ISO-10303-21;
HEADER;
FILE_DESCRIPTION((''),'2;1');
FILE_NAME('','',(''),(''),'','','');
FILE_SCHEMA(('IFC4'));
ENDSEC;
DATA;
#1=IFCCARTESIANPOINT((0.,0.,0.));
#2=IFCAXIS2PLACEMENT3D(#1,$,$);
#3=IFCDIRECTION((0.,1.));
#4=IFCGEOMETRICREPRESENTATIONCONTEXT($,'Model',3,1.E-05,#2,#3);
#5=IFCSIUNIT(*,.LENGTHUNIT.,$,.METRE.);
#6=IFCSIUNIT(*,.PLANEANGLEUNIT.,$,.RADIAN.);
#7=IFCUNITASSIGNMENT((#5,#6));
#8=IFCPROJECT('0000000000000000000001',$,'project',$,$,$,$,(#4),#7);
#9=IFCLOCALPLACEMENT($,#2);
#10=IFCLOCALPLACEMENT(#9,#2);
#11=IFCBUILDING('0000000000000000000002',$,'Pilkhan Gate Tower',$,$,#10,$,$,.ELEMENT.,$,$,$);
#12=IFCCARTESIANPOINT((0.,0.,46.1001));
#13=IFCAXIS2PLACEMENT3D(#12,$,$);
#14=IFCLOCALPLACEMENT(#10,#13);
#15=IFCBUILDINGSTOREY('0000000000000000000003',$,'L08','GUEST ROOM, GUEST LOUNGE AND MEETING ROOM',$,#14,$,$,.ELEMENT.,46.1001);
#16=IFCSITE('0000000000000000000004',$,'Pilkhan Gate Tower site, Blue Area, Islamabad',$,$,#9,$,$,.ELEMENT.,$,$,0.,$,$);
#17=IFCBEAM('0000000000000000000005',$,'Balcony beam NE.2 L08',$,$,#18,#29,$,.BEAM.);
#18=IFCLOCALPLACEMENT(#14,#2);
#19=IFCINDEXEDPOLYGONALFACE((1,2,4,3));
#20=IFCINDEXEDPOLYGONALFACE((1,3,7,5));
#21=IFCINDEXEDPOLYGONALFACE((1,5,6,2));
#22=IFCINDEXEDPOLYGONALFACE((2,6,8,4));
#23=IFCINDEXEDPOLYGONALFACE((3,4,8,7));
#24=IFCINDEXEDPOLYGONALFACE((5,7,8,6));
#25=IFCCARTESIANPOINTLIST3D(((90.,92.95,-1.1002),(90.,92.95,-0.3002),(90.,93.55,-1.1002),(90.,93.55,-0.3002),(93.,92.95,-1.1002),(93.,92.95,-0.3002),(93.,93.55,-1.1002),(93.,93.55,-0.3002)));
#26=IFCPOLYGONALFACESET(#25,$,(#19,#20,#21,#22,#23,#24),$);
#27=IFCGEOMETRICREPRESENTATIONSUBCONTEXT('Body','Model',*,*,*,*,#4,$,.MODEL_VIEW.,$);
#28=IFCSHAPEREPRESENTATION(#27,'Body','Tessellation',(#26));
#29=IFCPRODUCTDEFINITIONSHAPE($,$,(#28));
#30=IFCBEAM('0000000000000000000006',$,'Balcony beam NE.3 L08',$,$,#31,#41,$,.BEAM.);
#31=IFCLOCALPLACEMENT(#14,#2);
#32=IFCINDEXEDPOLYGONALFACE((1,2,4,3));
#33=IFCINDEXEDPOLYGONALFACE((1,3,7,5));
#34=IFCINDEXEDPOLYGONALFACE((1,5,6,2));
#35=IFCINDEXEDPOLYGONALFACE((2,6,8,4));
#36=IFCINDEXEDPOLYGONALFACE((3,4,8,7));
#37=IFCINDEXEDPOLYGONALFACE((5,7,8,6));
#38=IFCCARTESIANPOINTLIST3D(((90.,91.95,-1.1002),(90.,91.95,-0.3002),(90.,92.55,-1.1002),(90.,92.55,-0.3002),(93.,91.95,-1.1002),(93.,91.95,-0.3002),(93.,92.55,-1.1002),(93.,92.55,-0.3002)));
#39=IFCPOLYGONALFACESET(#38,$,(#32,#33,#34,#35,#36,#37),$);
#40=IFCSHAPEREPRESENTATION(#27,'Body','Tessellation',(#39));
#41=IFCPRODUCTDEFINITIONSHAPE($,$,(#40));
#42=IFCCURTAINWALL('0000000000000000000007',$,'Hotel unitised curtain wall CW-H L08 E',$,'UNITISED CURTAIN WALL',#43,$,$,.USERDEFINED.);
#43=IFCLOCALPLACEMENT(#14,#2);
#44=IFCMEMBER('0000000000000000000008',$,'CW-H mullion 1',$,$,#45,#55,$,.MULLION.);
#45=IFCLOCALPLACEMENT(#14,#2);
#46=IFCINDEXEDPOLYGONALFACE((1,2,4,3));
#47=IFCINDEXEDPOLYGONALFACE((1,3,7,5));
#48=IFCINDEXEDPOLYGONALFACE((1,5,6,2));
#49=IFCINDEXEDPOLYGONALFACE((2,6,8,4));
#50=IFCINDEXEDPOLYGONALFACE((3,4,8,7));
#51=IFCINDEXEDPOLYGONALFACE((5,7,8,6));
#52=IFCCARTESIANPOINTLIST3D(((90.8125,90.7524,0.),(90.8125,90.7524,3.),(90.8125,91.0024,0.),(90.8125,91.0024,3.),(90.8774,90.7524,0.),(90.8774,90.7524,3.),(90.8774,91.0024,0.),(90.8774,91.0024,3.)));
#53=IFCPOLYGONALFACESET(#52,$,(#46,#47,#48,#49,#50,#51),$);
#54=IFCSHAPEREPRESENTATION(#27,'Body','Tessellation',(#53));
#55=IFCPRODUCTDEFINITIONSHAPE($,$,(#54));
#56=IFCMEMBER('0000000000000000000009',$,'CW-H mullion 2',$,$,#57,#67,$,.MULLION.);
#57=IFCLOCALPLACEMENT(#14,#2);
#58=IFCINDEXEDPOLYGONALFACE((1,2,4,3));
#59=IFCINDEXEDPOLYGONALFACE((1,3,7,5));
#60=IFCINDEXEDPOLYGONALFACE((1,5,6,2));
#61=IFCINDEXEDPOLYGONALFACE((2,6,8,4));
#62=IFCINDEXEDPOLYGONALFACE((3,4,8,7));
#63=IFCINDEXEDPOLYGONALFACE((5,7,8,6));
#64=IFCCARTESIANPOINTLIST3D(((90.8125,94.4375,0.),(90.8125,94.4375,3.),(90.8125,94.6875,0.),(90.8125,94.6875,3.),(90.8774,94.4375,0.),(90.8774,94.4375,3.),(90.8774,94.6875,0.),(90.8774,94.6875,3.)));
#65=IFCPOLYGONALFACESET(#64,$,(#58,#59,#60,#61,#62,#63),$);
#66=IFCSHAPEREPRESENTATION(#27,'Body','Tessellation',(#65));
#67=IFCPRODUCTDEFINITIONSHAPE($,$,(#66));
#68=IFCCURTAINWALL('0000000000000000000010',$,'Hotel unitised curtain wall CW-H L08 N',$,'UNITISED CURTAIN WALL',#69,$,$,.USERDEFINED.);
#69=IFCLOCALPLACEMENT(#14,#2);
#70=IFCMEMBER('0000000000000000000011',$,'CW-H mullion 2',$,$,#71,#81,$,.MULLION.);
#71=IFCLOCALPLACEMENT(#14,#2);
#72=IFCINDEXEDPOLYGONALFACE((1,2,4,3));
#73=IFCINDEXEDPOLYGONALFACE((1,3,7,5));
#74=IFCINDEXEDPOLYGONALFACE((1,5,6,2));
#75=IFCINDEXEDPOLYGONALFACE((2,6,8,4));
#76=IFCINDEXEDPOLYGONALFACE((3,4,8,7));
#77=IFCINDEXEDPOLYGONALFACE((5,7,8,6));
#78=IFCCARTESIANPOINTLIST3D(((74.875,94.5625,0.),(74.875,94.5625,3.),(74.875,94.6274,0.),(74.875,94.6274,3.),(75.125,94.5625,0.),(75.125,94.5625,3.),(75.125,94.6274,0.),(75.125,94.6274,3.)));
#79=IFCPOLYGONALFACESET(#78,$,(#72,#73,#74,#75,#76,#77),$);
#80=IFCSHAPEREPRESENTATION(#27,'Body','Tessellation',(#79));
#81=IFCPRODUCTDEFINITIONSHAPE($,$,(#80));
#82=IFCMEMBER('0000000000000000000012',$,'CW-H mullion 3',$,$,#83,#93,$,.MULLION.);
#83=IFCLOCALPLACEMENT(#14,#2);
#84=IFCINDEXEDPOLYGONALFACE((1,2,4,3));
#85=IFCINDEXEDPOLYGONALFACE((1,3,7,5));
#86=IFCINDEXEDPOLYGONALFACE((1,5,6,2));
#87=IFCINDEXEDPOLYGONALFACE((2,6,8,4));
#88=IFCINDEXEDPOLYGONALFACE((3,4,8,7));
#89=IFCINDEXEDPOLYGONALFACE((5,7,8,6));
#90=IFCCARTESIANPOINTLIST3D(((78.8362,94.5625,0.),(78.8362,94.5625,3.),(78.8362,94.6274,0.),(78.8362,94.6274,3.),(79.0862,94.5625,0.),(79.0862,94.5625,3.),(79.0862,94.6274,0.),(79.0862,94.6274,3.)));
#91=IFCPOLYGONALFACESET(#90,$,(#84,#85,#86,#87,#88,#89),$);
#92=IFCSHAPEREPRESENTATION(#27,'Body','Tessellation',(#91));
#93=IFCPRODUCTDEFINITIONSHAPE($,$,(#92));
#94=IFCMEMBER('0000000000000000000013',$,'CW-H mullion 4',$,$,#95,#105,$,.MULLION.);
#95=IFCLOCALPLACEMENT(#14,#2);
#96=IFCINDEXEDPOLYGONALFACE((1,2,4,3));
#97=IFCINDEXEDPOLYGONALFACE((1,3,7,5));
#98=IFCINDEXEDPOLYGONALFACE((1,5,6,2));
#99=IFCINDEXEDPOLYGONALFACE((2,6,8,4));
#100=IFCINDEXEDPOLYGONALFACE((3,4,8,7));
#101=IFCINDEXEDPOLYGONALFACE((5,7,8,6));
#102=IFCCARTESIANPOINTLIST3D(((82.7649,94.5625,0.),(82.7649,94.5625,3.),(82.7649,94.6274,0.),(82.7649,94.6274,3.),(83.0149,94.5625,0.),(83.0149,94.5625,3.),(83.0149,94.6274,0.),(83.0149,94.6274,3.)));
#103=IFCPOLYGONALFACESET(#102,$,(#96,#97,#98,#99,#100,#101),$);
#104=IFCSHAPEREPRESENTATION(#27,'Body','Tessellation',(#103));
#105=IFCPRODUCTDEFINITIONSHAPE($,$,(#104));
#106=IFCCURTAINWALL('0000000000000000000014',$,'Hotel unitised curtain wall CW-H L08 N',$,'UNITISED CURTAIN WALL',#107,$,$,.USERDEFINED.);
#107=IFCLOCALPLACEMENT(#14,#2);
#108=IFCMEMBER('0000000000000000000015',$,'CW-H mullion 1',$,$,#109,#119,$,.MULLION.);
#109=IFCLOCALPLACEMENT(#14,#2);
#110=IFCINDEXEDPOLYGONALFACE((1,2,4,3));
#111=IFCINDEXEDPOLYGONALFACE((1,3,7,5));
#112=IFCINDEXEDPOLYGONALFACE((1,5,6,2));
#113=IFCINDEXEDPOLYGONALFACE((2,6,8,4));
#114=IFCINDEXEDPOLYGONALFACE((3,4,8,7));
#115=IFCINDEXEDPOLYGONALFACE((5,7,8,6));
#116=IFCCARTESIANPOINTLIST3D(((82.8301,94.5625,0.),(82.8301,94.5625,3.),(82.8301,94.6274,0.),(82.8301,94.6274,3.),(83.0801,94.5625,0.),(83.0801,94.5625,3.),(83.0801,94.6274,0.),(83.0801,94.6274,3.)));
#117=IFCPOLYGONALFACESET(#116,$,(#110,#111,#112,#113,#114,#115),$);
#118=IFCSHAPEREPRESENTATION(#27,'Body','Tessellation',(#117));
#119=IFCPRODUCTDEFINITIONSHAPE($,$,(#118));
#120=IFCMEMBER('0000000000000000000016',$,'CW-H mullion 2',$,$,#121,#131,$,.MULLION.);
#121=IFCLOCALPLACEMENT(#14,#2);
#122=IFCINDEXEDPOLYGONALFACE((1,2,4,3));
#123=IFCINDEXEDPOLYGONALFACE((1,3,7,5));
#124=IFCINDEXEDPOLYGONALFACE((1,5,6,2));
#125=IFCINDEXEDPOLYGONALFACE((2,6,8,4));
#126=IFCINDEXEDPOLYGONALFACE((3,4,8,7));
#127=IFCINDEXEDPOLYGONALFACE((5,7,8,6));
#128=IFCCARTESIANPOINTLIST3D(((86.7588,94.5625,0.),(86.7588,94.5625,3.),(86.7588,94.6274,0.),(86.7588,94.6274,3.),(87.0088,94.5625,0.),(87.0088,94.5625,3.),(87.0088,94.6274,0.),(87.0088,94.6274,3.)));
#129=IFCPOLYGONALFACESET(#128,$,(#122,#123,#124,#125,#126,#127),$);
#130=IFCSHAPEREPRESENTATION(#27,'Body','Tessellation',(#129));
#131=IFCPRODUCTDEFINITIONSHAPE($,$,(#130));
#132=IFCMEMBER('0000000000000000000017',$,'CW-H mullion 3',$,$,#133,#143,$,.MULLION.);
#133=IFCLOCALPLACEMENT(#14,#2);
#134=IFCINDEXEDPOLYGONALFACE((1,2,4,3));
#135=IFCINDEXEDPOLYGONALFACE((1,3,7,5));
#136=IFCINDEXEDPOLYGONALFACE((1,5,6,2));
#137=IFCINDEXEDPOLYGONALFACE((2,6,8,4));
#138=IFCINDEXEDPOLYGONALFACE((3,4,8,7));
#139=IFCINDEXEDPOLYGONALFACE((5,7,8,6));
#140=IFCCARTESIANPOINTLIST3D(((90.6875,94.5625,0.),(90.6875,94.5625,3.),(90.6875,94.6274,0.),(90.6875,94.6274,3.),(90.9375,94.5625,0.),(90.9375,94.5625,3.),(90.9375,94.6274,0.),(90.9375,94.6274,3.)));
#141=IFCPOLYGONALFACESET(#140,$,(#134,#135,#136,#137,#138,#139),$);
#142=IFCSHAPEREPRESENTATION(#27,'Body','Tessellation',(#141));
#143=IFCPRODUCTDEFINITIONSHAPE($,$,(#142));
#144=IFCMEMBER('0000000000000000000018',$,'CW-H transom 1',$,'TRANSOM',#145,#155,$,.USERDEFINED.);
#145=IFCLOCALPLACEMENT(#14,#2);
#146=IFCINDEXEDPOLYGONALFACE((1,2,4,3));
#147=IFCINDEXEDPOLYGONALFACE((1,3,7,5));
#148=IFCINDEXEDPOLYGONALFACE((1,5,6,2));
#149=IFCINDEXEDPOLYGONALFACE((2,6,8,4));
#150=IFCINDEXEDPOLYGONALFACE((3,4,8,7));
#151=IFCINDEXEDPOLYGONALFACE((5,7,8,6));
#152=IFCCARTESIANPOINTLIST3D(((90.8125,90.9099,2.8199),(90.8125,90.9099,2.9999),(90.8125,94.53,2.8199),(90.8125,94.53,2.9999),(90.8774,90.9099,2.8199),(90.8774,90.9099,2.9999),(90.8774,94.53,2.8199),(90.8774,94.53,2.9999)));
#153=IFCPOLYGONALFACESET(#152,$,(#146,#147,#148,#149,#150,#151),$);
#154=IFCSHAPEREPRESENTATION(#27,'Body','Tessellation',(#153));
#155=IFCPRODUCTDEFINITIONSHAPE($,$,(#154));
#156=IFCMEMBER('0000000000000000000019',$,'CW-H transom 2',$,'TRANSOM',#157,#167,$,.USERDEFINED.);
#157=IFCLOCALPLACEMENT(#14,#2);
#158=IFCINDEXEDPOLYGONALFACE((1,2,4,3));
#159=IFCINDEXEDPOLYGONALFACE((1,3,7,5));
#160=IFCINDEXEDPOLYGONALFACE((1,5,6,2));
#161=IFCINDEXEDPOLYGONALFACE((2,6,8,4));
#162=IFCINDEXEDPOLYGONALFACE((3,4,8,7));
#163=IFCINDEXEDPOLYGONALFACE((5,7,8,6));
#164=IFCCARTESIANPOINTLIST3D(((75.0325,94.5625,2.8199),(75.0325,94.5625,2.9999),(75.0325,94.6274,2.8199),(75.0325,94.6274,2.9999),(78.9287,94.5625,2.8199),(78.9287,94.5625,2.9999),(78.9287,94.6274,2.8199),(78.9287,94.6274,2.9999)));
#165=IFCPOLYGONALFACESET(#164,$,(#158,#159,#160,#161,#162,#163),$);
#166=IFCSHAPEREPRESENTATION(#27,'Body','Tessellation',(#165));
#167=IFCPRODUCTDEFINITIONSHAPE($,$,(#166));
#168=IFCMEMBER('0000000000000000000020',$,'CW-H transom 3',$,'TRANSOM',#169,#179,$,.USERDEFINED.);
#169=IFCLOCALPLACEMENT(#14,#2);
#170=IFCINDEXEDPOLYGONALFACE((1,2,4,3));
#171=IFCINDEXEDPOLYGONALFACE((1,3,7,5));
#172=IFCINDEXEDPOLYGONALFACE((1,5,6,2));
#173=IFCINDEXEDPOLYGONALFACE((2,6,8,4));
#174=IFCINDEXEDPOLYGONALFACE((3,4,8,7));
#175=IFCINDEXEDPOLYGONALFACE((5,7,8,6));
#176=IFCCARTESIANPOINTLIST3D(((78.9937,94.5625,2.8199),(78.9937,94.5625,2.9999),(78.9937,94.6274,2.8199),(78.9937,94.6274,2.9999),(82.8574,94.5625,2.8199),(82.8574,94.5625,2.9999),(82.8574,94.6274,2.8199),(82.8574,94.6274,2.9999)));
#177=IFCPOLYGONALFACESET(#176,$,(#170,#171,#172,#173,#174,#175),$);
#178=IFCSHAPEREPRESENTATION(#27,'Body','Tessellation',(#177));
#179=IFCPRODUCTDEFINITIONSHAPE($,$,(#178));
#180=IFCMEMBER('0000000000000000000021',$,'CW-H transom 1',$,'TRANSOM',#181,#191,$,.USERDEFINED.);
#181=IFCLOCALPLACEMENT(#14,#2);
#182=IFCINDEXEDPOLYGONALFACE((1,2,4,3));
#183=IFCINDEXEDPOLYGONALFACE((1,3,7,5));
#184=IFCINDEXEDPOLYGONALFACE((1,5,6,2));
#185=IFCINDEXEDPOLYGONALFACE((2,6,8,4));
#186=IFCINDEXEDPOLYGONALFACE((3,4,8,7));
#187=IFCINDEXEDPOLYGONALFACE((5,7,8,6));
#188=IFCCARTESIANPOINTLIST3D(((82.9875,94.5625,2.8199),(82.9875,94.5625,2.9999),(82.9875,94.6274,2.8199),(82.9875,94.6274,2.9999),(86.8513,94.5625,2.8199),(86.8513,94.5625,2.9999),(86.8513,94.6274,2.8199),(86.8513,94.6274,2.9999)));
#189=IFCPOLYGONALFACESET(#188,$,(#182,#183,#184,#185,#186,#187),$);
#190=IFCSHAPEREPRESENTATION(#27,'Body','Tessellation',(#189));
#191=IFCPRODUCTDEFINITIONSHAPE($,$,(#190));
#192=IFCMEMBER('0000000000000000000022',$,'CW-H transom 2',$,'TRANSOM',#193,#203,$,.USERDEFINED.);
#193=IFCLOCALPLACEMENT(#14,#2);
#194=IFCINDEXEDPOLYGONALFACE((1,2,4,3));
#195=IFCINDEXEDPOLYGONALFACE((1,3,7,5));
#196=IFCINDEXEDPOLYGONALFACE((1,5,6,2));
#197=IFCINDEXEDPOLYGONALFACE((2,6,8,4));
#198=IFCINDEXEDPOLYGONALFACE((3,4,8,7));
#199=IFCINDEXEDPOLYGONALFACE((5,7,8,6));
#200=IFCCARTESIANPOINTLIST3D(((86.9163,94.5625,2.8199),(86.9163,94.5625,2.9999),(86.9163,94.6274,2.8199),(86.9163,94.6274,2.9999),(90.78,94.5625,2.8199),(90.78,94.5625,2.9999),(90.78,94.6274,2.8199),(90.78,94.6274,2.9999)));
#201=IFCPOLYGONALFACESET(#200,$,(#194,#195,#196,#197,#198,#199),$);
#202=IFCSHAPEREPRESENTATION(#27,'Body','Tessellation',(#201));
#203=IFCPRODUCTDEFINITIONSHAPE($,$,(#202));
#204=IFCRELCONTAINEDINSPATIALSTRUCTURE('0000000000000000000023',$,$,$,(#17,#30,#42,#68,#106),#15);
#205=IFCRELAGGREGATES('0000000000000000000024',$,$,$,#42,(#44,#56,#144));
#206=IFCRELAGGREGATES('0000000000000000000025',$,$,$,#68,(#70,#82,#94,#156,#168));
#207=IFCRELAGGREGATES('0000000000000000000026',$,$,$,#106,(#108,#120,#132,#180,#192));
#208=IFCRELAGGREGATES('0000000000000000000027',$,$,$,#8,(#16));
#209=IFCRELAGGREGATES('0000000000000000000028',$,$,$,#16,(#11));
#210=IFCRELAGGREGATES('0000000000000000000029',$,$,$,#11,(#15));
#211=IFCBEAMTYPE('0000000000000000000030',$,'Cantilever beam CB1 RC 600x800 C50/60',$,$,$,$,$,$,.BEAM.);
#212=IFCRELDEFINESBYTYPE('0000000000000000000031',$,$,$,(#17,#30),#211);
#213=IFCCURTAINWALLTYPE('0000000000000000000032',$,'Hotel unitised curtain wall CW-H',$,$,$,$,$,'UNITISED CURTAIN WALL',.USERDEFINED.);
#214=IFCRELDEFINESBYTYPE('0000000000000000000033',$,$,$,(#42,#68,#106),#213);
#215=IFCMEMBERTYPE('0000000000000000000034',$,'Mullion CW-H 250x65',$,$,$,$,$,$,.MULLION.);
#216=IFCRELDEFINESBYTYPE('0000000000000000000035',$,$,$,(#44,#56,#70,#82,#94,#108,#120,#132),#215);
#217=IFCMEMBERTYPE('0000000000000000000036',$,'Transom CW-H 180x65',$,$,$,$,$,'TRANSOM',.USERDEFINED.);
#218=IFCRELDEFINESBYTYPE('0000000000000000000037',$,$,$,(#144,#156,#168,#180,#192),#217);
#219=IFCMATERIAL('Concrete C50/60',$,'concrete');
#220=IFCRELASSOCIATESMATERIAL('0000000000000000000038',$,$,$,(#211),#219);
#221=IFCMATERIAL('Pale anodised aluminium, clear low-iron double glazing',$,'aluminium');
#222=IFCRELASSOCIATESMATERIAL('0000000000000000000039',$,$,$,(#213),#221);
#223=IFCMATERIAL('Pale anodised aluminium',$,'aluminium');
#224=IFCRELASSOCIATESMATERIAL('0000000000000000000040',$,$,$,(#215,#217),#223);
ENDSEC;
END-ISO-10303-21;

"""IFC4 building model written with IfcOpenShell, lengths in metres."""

from ifc_helpers import new_model, si_unit, direction, frame, origin, origin_2d, place, context, subcontext, project, spatial, rectangle, extrude, material, material_profile, profile_set, type_object, element, aggregate, save


model = new_model("IFC4")

# Units and contexts
model_context = context("Model", 3, precision=1e-05, world=origin(), true_north=direction((0.0, 1.0)))
body_context = subcontext(model_context, "Body", "Model", "MODEL_VIEW")
ifc_project = project(units=[si_unit("LENGTHUNIT", "METRE"), si_unit("PLANEANGLEUNIT", "RADIAN")], contexts=[model_context])

# Site, building, storey
site_placement = place(None, origin())
site = spatial("IfcSite", under=ifc_project, at=site_placement, Name="Pilkhan Gate Tower site, Blue Area, Islamabad", CompositionType="ELEMENT", RefElevation=0.0)
building_placement = place(site_placement, origin())
building = spatial("IfcBuilding", under=site, at=building_placement, Name="Pilkhan Gate Tower", CompositionType="ELEMENT")
storey_placement = place(building_placement, frame((0.0, 0.0, 46.1001)))
storey = spatial("IfcBuildingStorey", under=building, at=storey_placement, Name="L08", Description="GUEST ROOM, GUEST LOUNGE AND MEETING ROOM", CompositionType="ELEMENT", Elevation=46.1001)

# Beams
ifc_material_1 = material(Name="Concrete C50/60", Category="concrete")
ifc_material_profile_1 = material_profile(ifc_material_1, rectangle(XDim=0.6001, YDim=0.8, at=origin_2d()), Name="RC 600x800")
ifc_profile_set_1 = profile_set([ifc_material_profile_1], Name="Concrete C50/60")
beam_type = type_object("IfcBeamType", Name="Cantilever beam CB1 RC 600x800 C50/60", PredefinedType="BEAM", material=ifc_profile_set_1)
for number, where, z_axis, x_axis, name in (
    (1, (90.0, 93.25, -0.7002), (1.0, 0.0, 0.0), (0.0, 1.0, 0.0), "Balcony beam NE.2 L08"),
    (2, (90.0, 92.25, -0.7002), (1.0, 0.0, 0.0), (0.0, 1.0, 0.0), "Balcony beam NE.3 L08"),
):
    element("IfcBeam", number, at=place(storey_placement, frame(where, z_axis=z_axis, x_axis=x_axis)), inside=storey, type_object=beam_type, Name=name, PredefinedType="BEAM", context=body_context, shape_type="SweptSolid", body=[
        extrude(rectangle(XDim=0.6001, YDim=0.8, at=origin_2d()), origin(), (0.0, 0.0, 1.0), 3.0),
    ])

# Curtain walls, members
ifc_material_2 = material(Name="Pale anodised aluminium, clear low-iron double glazing", Category="aluminium")
curtain_wall_type = type_object("IfcCurtainWallType", Name="Hotel unitised curtain wall CW-H", ElementType="UNITISED CURTAIN WALL", PredefinedType="USERDEFINED", material=ifc_material_2)
curtain_wall_1_placement = place(storey_placement, origin())
curtain_wall_1 = element("IfcCurtainWall", 3, at=curtain_wall_1_placement, inside=storey, type_object=curtain_wall_type, Name="Hotel unitised curtain wall CW-H L08 E", ObjectType="UNITISED CURTAIN WALL", PredefinedType="USERDEFINED")
ifc_material_3 = material(Name="Pale anodised aluminium", Category="aluminium")
ifc_material_profile_2 = material_profile(ifc_material_3, rectangle(XDim=0.0649, YDim=0.25, at=origin_2d()), Name="Mullion 250x65")
ifc_profile_set_2 = profile_set([ifc_material_profile_2], Name="Pale anodised aluminium")
member_type_1 = type_object("IfcMemberType", Name="Mullion CW-H 250x65", PredefinedType="MULLION", material=ifc_profile_set_2)
member_1_placement = place(storey_placement, frame((90.845, 90.8774, 0.0), z_axis=(0.0, 0.0, 1.0), x_axis=(-1.0, 0.0, 0.0)))
member_1 = element("IfcMember", 4, at=member_1_placement, type_object=member_type_1, Name="CW-H mullion 1", PredefinedType="MULLION", context=body_context, shape_type="SweptSolid", body=[
    extrude(rectangle(XDim=0.0649, YDim=0.25, at=origin_2d()), origin(), (0.0, 0.0, 1.0), 3.0),
])
member_2_placement = place(storey_placement, frame((90.845, 94.5625, 0.0), z_axis=(0.0, 0.0, 1.0), x_axis=(-1.0, 0.0, 0.0)))
member_2 = element("IfcMember", 5, at=member_2_placement, type_object=member_type_1, Name="CW-H mullion 2", PredefinedType="MULLION", context=body_context, shape_type="SweptSolid", body=[
    extrude(rectangle(XDim=0.0649, YDim=0.25, at=origin_2d()), origin(), (0.0, 0.0, 1.0), 3.0),
])
curtain_wall_2_placement = place(storey_placement, origin())
curtain_wall_2 = element("IfcCurtainWall", 6, at=curtain_wall_2_placement, inside=storey, type_object=curtain_wall_type, Name="Hotel unitised curtain wall CW-H L08 N", ObjectType="UNITISED CURTAIN WALL", PredefinedType="USERDEFINED")
member_3_placement = place(storey_placement, frame((75.0, 94.595, 0.0), z_axis=(0.0, 0.0, 1.0), x_axis=(0.0, 1.0, 0.0)))
member_3 = element("IfcMember", 7, at=member_3_placement, type_object=member_type_1, Name="CW-H mullion 2", PredefinedType="MULLION", context=body_context, shape_type="SweptSolid", body=[
    extrude(rectangle(XDim=0.0649, YDim=0.25, at=origin_2d()), origin(), (0.0, 0.0, 1.0), 3.0),
])
member_4_placement = place(storey_placement, frame((78.9612, 94.595, 0.0), z_axis=(0.0, 0.0, 1.0), x_axis=(0.0, 1.0, 0.0)))
member_4 = element("IfcMember", 8, at=member_4_placement, type_object=member_type_1, Name="CW-H mullion 3", PredefinedType="MULLION", context=body_context, shape_type="SweptSolid", body=[
    extrude(rectangle(XDim=0.0649, YDim=0.25, at=origin_2d()), origin(), (0.0, 0.0, 1.0), 3.0),
])
member_5_placement = place(storey_placement, frame((82.8899, 94.595, 0.0), z_axis=(0.0, 0.0, 1.0), x_axis=(0.0, 1.0, 0.0)))
member_5 = element("IfcMember", 9, at=member_5_placement, type_object=member_type_1, Name="CW-H mullion 4", PredefinedType="MULLION", context=body_context, shape_type="SweptSolid", body=[
    extrude(rectangle(XDim=0.0649, YDim=0.25, at=origin_2d()), origin(), (0.0, 0.0, 1.0), 3.0),
])
curtain_wall_3_placement = place(storey_placement, origin())
curtain_wall_3 = element("IfcCurtainWall", 10, at=curtain_wall_3_placement, inside=storey, type_object=curtain_wall_type, Name="Hotel unitised curtain wall CW-H L08 N", ObjectType="UNITISED CURTAIN WALL", PredefinedType="USERDEFINED")
member_6_placement = place(storey_placement, frame((82.9551, 94.595, 0.0), z_axis=(0.0, 0.0, 1.0), x_axis=(0.0, 1.0, 0.0)))
member_6 = element("IfcMember", 11, at=member_6_placement, type_object=member_type_1, Name="CW-H mullion 1", PredefinedType="MULLION", context=body_context, shape_type="SweptSolid", body=[
    extrude(rectangle(XDim=0.0649, YDim=0.25, at=origin_2d()), origin(), (0.0, 0.0, 1.0), 3.0),
])
member_7_placement = place(storey_placement, frame((86.8838, 94.595, 0.0), z_axis=(0.0, 0.0, 1.0), x_axis=(0.0, 1.0, 0.0)))
member_7 = element("IfcMember", 12, at=member_7_placement, type_object=member_type_1, Name="CW-H mullion 2", PredefinedType="MULLION", context=body_context, shape_type="SweptSolid", body=[
    extrude(rectangle(XDim=0.0649, YDim=0.25, at=origin_2d()), origin(), (0.0, 0.0, 1.0), 3.0),
])
member_8_placement = place(storey_placement, frame((90.8125, 94.595, 0.0), z_axis=(0.0, 0.0, 1.0), x_axis=(0.0, 1.0, 0.0)))
member_8 = element("IfcMember", 13, at=member_8_placement, type_object=member_type_1, Name="CW-H mullion 3", PredefinedType="MULLION", context=body_context, shape_type="SweptSolid", body=[
    extrude(rectangle(XDim=0.0649, YDim=0.25, at=origin_2d()), origin(), (0.0, 0.0, 1.0), 3.0),
])

# Members
ifc_material_profile_3 = material_profile(ifc_material_3, rectangle(XDim=0.0649, YDim=0.1799, at=origin_2d()), Name="Transom 180x65")
ifc_profile_set_3 = profile_set([ifc_material_profile_3], Name="Pale anodised aluminium")
member_type_2 = type_object("IfcMemberType", Name="Transom CW-H 180x65", ElementType="TRANSOM", PredefinedType="USERDEFINED", material=ifc_profile_set_3)
member_9_placement = place(storey_placement, frame((90.845, 90.9099, 2.9099), z_axis=(0.0, 1.0, 0.0), x_axis=(-1.0, 0.0, 0.0)))
member_9 = element("IfcMember", 14, at=member_9_placement, type_object=member_type_2, Name="CW-H transom 1", ObjectType="TRANSOM", PredefinedType="USERDEFINED", context=body_context, shape_type="SweptSolid", body=[
    extrude(rectangle(XDim=0.0649, YDim=0.1799, at=origin_2d()), origin(), (0.0, 0.0, 1.0), 3.6201),
])
member_10_placement = place(storey_placement, frame((75.0325, 94.595, 2.9099), z_axis=(1.0, 0.0, 0.0), x_axis=(0.0, 1.0, 0.0)))
member_10 = element("IfcMember", 15, at=member_10_placement, type_object=member_type_2, Name="CW-H transom 2", ObjectType="TRANSOM", PredefinedType="USERDEFINED", context=body_context, shape_type="SweptSolid", body=[
    extrude(rectangle(XDim=0.0649, YDim=0.1799, at=origin_2d()), origin(), (0.0, 0.0, 1.0), 3.8962),
])
member_11_placement = place(storey_placement, frame((78.9937, 94.595, 2.9099), z_axis=(1.0, 0.0, 0.0), x_axis=(0.0, 1.0, 0.0)))
member_11 = element("IfcMember", 16, at=member_11_placement, type_object=member_type_2, Name="CW-H transom 3", ObjectType="TRANSOM", PredefinedType="USERDEFINED", context=body_context, shape_type="SweptSolid", body=[
    extrude(rectangle(XDim=0.0649, YDim=0.1799, at=origin_2d()), origin(), (0.0, 0.0, 1.0), 3.8638),
])
member_12_placement = place(storey_placement, frame((82.9875, 94.595, 2.9099), z_axis=(1.0, 0.0, 0.0), x_axis=(0.0, 1.0, 0.0)))
member_12 = element("IfcMember", 17, at=member_12_placement, type_object=member_type_2, Name="CW-H transom 1", ObjectType="TRANSOM", PredefinedType="USERDEFINED", context=body_context, shape_type="SweptSolid", body=[
    extrude(rectangle(XDim=0.0649, YDim=0.1799, at=origin_2d()), origin(), (0.0, 0.0, 1.0), 3.8638),
])
member_13_placement = place(storey_placement, frame((86.9163, 94.595, 2.9099), z_axis=(1.0, 0.0, 0.0), x_axis=(0.0, 1.0, 0.0)))
member_13 = element("IfcMember", 18, at=member_13_placement, type_object=member_type_2, Name="CW-H transom 2", ObjectType="TRANSOM", PredefinedType="USERDEFINED", context=body_context, shape_type="SweptSolid", body=[
    extrude(rectangle(XDim=0.0649, YDim=0.1799, at=origin_2d()), origin(), (0.0, 0.0, 1.0), 3.8638),
])

aggregate(curtain_wall_1, [member_1, member_2, member_9])
aggregate(curtain_wall_2, [member_3, member_4, member_5, member_10, member_11])
aggregate(curtain_wall_3, [member_6, member_7, member_8, member_12, member_13])

save(model, "model.ifc")
